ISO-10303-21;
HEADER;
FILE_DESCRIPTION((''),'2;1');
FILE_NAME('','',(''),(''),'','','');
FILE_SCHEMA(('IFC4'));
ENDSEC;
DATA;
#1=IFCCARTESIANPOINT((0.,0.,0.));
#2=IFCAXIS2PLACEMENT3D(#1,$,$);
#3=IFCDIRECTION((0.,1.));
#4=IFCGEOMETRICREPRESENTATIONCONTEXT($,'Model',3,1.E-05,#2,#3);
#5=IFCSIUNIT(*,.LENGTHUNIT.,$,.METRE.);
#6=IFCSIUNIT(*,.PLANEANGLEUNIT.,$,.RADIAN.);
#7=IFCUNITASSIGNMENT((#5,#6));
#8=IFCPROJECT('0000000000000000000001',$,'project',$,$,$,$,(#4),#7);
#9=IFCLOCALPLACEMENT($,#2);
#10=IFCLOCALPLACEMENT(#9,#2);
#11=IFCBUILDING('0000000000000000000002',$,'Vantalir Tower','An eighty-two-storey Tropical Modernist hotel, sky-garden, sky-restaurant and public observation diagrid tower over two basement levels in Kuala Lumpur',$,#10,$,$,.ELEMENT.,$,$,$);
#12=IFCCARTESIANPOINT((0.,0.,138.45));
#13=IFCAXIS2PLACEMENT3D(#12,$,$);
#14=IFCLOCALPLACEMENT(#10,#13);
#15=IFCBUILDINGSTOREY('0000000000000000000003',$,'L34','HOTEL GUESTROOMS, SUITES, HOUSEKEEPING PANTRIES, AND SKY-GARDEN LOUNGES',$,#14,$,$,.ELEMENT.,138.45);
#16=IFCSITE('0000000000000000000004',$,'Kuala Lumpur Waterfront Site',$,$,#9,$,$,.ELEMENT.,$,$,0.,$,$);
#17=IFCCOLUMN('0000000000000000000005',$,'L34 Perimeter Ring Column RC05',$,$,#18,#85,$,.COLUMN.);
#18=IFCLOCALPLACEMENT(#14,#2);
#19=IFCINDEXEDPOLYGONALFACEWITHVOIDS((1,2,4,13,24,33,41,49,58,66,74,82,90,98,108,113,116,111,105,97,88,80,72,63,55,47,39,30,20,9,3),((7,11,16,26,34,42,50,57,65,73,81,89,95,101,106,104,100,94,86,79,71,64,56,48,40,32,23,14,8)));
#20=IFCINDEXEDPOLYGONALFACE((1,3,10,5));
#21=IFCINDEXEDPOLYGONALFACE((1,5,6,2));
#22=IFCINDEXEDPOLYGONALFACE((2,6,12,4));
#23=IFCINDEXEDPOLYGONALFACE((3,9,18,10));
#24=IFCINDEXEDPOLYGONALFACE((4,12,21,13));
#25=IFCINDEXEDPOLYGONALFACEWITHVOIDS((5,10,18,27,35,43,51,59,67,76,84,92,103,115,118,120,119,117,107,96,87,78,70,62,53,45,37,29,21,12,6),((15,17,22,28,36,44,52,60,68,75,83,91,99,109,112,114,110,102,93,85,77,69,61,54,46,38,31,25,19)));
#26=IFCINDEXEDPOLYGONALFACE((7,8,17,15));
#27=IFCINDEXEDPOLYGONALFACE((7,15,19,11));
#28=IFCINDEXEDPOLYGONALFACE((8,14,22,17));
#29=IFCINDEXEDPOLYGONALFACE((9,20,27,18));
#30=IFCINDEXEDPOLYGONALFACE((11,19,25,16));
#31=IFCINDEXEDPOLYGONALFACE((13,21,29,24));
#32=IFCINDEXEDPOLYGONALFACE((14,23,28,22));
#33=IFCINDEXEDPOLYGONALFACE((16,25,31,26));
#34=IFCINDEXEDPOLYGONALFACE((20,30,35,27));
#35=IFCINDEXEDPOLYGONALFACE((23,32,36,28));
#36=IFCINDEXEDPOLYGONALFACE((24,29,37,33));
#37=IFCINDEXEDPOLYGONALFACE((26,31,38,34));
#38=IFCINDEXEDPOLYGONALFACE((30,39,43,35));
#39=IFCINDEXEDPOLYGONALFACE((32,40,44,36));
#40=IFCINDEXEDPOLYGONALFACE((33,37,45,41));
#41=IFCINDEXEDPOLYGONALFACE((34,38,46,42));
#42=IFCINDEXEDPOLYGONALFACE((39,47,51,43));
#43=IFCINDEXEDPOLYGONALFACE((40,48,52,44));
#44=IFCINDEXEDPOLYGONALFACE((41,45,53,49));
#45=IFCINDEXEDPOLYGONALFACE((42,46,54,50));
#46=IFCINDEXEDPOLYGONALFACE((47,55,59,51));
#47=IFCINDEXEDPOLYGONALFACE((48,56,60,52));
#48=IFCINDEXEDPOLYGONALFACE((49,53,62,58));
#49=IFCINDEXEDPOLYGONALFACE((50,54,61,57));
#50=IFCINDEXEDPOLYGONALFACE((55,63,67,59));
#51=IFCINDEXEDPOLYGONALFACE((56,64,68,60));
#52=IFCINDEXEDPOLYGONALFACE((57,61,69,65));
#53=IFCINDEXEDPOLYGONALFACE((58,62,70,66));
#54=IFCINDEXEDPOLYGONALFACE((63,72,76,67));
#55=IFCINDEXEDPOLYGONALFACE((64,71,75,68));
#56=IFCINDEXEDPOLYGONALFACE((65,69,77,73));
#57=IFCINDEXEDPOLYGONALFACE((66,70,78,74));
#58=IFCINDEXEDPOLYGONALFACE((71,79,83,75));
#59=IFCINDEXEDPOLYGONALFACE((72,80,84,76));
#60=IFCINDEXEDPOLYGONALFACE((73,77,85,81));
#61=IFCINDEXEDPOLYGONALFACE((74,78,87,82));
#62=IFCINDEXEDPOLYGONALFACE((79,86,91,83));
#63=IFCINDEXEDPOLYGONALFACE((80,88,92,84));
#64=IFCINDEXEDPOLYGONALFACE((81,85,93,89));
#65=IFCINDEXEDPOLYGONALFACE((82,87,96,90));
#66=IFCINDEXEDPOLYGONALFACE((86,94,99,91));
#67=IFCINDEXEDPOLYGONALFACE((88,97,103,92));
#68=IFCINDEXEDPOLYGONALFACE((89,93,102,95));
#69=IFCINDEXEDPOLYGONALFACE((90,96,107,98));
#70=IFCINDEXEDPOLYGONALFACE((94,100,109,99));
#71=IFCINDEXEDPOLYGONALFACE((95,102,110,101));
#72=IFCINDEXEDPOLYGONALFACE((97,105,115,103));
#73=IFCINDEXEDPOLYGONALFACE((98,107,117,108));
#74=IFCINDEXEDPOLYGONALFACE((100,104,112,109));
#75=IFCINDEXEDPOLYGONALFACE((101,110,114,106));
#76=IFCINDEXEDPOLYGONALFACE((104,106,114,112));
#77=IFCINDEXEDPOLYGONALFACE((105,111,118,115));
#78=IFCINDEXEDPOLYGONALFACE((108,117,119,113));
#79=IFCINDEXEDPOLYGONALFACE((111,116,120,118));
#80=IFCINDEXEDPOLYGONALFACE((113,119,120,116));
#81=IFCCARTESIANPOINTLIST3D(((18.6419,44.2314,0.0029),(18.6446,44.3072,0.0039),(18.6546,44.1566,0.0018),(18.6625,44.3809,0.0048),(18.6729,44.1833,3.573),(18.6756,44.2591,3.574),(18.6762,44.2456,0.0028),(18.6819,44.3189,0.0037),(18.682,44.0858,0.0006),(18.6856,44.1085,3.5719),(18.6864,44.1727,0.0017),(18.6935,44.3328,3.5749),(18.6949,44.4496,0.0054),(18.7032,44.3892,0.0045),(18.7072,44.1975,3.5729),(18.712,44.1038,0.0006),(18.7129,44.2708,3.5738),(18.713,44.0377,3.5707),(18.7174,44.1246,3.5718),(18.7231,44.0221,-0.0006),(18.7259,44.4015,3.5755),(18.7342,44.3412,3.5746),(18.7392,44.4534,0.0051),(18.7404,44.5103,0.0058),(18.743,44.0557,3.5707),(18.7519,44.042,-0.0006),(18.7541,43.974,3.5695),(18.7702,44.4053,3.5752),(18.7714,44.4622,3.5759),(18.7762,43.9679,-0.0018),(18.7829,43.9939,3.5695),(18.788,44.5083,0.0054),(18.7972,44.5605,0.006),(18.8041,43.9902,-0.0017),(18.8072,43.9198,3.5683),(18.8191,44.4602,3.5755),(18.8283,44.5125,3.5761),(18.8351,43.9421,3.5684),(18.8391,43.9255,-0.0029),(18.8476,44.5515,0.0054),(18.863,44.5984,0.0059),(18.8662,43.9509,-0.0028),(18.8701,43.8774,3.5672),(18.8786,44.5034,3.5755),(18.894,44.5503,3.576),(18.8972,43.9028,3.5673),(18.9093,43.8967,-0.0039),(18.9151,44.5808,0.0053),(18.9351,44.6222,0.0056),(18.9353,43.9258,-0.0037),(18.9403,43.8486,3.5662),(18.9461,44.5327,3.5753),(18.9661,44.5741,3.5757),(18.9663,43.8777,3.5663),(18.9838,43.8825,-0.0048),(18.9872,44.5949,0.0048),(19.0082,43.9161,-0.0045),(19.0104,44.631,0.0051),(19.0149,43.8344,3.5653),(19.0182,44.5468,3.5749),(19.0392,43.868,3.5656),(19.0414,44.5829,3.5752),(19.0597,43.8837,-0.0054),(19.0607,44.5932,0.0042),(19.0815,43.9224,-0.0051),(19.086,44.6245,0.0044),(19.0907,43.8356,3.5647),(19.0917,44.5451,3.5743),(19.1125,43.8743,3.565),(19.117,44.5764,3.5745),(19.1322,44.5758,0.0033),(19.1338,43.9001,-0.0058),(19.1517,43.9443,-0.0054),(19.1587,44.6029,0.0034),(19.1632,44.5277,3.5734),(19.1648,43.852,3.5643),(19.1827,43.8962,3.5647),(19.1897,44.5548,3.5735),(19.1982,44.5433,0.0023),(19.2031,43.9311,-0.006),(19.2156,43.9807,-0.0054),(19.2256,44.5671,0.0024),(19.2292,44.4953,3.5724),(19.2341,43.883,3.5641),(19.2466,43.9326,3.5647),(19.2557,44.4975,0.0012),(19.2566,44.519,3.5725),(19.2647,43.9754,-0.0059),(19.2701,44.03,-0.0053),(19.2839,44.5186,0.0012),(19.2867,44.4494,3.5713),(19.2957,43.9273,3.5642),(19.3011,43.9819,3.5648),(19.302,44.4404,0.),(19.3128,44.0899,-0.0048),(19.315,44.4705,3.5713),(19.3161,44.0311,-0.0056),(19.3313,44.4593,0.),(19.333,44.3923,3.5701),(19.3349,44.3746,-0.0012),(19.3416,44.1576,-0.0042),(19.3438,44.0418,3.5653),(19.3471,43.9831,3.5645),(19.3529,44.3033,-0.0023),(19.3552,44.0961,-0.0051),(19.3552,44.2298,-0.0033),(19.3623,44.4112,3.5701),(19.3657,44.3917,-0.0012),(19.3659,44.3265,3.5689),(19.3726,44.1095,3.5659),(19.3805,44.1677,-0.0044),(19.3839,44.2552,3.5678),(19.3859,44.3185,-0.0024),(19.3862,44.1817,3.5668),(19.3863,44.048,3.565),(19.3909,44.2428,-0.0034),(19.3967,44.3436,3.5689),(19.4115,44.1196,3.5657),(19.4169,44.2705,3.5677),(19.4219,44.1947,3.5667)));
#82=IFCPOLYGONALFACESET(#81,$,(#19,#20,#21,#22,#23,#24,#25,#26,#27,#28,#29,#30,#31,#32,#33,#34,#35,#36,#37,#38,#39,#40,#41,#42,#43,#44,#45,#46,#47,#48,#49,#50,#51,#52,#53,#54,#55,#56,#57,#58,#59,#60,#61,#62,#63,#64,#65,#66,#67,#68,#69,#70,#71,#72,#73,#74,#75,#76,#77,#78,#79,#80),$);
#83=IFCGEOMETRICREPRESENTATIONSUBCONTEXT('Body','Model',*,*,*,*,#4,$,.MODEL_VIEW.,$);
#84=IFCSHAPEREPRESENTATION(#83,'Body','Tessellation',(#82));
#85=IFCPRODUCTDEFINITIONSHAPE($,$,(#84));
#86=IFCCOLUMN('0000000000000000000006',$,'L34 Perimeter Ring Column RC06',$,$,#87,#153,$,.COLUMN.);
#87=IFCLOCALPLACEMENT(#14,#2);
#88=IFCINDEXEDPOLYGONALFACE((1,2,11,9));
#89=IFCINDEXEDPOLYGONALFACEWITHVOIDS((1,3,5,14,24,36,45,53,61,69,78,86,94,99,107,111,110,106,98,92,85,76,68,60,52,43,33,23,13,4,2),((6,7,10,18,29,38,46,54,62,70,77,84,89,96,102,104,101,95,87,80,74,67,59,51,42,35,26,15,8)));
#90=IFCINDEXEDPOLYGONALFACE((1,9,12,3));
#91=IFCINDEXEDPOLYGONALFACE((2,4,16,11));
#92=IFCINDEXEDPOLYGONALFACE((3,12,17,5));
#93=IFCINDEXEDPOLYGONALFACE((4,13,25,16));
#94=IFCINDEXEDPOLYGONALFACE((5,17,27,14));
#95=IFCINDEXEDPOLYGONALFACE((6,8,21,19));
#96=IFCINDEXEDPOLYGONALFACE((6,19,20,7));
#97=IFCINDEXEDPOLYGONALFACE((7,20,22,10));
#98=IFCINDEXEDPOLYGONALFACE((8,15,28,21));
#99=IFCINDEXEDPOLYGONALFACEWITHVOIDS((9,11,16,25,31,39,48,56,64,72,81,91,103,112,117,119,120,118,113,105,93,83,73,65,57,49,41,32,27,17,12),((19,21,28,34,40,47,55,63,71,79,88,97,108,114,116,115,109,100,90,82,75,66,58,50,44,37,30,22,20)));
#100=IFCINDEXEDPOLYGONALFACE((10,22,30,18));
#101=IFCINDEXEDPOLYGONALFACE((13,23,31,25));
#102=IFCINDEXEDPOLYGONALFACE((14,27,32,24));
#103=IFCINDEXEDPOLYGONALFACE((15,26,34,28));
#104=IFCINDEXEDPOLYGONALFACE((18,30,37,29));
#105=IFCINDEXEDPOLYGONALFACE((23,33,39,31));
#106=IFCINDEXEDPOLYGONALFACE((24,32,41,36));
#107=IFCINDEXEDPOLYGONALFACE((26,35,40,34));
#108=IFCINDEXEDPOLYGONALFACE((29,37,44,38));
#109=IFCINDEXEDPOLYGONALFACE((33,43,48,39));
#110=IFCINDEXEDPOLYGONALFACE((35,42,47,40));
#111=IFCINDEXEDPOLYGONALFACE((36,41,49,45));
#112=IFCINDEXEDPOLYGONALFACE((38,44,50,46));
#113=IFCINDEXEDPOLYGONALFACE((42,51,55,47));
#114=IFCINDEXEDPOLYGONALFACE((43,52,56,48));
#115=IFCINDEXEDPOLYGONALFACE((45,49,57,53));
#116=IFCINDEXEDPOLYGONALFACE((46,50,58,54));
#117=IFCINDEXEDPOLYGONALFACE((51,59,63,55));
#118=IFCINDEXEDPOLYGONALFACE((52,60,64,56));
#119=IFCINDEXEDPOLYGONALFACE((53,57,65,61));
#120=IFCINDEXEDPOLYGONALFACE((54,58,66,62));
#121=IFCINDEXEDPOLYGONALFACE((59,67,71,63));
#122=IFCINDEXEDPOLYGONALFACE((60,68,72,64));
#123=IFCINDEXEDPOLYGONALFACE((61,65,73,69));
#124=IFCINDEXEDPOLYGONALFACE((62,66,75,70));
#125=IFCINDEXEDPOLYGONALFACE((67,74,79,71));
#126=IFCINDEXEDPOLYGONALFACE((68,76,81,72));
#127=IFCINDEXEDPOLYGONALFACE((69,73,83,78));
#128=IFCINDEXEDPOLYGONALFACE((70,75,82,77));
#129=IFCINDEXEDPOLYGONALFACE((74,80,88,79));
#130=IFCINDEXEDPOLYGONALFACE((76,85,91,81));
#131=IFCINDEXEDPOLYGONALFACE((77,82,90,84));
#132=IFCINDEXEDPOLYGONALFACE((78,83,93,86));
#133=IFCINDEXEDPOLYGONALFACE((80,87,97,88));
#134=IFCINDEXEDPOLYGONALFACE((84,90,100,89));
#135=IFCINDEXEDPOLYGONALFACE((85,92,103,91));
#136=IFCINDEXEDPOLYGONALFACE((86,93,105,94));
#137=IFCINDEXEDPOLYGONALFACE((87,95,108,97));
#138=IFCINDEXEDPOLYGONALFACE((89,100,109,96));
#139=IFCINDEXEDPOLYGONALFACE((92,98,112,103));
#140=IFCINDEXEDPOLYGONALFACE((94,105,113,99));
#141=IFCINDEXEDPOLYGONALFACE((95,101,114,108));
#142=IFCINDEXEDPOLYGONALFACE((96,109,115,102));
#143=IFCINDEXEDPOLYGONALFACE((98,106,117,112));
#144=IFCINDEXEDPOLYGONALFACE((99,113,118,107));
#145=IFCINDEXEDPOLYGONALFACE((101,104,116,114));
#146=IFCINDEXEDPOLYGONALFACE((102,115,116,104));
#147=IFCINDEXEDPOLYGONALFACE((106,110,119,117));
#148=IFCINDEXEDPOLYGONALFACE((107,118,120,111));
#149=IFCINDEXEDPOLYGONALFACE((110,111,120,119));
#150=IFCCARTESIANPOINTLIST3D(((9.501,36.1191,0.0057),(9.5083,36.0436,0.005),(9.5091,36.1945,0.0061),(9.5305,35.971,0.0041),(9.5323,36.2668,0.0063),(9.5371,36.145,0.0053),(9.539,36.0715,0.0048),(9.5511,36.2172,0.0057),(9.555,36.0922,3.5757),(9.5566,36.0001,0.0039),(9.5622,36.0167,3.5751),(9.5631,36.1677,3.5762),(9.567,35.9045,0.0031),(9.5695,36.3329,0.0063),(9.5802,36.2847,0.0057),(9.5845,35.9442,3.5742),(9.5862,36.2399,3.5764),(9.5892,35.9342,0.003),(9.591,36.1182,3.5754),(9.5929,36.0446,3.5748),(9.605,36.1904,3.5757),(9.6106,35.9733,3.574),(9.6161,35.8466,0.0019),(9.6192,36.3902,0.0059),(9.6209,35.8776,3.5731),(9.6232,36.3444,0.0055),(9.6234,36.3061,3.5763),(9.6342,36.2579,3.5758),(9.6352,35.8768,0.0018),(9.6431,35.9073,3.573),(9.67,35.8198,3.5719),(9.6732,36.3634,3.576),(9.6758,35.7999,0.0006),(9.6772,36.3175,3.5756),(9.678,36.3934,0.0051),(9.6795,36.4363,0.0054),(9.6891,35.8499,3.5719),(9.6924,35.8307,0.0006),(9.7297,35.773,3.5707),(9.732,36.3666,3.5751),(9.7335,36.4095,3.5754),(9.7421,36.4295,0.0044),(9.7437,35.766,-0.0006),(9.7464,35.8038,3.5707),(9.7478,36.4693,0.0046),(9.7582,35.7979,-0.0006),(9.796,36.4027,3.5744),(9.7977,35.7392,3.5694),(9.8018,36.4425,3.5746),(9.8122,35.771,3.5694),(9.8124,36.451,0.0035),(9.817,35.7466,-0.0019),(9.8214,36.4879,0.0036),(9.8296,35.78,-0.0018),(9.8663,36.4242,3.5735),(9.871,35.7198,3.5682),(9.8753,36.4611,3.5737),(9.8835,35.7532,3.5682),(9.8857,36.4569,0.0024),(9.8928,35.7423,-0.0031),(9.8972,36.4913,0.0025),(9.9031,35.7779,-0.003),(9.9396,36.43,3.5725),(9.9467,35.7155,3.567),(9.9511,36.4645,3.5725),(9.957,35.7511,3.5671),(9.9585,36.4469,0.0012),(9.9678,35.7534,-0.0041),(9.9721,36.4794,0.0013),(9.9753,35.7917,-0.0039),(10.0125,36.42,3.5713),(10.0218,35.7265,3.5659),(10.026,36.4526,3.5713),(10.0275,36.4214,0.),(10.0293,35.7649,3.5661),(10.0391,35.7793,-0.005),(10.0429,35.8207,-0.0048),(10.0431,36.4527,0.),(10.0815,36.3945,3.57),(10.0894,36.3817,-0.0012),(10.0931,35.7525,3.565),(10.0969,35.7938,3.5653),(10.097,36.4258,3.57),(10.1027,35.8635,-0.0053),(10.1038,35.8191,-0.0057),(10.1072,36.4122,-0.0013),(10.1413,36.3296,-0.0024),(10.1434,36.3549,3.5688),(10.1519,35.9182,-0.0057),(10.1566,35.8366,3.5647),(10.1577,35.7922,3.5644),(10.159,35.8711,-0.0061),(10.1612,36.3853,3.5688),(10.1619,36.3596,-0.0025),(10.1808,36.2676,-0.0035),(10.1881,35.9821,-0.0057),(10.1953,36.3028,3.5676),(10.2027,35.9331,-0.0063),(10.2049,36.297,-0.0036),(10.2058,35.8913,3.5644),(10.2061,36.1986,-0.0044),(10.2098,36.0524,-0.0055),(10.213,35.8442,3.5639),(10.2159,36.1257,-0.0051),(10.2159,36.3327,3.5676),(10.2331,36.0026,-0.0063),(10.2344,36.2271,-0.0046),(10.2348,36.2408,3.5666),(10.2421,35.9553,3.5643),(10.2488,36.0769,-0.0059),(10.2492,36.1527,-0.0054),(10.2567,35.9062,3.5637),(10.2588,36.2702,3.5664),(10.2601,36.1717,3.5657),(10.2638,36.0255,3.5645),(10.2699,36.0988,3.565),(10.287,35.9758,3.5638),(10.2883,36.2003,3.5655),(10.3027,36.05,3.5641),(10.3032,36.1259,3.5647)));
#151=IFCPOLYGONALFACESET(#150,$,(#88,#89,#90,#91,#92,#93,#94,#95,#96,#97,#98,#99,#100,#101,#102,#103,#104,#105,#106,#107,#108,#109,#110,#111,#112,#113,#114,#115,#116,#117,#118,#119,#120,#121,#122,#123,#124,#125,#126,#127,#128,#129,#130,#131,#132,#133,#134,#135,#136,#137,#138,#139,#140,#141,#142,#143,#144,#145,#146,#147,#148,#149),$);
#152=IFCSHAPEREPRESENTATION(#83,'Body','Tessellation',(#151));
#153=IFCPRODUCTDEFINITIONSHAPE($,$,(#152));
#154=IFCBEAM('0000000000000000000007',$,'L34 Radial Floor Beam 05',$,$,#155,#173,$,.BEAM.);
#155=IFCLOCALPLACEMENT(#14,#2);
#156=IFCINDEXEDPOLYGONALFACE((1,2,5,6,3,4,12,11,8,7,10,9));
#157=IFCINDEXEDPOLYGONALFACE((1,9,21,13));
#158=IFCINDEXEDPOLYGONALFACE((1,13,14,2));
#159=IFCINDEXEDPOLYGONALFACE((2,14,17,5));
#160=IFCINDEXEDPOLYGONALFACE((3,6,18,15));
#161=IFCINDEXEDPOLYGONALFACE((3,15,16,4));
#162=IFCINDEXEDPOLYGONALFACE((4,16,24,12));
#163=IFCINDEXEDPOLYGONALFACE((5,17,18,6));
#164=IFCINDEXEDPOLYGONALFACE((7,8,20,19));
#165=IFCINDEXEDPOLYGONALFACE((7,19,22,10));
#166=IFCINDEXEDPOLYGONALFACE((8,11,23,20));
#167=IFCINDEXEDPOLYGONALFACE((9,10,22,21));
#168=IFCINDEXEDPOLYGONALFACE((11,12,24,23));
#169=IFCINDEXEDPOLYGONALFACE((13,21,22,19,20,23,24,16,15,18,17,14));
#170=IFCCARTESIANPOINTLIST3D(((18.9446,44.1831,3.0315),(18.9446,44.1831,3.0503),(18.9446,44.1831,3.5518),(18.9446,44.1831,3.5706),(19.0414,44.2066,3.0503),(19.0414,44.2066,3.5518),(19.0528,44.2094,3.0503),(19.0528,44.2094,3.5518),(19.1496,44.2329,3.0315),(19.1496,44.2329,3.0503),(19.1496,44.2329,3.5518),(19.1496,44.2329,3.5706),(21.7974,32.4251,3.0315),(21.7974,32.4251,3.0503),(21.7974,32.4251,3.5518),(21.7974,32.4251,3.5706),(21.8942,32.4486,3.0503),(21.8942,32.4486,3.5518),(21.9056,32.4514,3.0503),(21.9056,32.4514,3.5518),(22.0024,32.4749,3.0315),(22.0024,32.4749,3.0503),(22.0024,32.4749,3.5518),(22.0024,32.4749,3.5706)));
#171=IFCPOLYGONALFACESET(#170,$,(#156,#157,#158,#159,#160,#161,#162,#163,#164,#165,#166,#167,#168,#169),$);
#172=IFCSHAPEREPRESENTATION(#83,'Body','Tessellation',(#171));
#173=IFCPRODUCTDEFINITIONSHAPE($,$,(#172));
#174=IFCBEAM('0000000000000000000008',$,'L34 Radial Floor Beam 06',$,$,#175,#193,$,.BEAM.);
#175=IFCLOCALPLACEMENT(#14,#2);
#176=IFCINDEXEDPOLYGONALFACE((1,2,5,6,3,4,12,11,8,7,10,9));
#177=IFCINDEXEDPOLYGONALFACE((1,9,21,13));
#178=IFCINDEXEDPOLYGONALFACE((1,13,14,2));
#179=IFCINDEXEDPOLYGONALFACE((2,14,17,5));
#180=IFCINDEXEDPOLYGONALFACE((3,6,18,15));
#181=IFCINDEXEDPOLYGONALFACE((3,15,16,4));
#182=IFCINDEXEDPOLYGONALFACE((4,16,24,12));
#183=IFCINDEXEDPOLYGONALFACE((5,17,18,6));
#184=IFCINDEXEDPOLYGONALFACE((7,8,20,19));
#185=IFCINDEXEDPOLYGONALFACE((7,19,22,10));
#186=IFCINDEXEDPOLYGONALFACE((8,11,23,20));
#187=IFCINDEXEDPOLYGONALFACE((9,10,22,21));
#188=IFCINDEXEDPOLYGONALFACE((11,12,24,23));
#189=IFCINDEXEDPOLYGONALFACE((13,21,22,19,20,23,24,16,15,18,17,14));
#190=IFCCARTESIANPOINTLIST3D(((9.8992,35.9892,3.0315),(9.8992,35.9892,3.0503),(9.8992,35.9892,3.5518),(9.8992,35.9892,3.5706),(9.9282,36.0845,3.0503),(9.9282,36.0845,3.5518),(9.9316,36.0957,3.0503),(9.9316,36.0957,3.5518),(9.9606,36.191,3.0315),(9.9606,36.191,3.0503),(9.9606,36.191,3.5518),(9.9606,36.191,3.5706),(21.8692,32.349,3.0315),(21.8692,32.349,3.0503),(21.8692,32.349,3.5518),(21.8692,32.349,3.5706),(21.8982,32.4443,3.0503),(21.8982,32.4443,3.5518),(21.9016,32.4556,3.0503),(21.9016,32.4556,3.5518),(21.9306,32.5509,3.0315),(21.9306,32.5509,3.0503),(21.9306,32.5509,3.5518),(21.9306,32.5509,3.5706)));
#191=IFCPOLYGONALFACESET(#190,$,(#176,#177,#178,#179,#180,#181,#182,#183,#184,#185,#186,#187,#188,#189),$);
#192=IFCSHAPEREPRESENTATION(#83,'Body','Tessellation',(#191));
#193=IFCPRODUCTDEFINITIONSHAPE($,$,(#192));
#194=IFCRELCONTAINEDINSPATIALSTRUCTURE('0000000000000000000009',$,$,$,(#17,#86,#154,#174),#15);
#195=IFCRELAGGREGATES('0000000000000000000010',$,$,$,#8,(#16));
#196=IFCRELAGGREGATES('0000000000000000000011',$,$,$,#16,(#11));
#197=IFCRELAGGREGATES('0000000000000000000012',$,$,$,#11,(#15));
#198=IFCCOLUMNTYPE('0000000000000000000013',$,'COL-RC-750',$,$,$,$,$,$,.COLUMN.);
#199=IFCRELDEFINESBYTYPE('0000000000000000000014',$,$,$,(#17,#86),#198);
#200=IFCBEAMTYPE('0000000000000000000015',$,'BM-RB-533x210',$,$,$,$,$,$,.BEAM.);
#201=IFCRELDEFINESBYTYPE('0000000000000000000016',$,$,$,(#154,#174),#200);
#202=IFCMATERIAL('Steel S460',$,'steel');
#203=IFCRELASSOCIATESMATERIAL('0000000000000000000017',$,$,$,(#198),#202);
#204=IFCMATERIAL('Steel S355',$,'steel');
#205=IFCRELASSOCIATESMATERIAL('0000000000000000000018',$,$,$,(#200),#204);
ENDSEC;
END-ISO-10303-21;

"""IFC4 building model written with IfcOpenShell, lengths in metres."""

from ifc_helpers import new_model, si_unit, direction, frame, origin, origin_2d, place, context, subcontext, project, spatial, hollow_circle, i_section, extrude, material, material_profile, profile_set, type_object, element, save


model = new_model("IFC4")

# Units and contexts
model_context = context("Model", 3, precision=1e-05, world=origin(), true_north=direction((0.0, 1.0)))
body_context = subcontext(model_context, "Body", "Model", "MODEL_VIEW")
ifc_project = project(units=[si_unit("LENGTHUNIT", "METRE"), si_unit("PLANEANGLEUNIT", "RADIAN")], contexts=[model_context])

# Site, building, storey
site_placement = place(None, origin())
site = spatial("IfcSite", under=ifc_project, at=site_placement, Name="Kuala Lumpur Waterfront Site", CompositionType="ELEMENT", RefElevation=0.0)
building_placement = place(site_placement, origin())
building = spatial("IfcBuilding", under=site, at=building_placement, Name="Vantalir Tower", Description="An eighty-two-storey Tropical Modernist hotel, sky-garden, sky-restaurant and public observation diagrid tower over two basement levels in Kuala Lumpur", CompositionType="ELEMENT")
storey_placement = place(building_placement, frame((0.0, 0.0, 138.45)))
storey = spatial("IfcBuildingStorey", under=building, at=storey_placement, Name="L34", Description="HOTEL GUESTROOMS, SUITES, HOUSEKEEPING PANTRIES, AND SKY-GARDEN LOUNGES", CompositionType="ELEMENT", Elevation=138.45)

# Columns
ifc_material_1 = material(Name="Steel S460", Category="steel")
ifc_material_profile_1 = material_profile(ifc_material_1, hollow_circle(Radius=0.375, WallThickness=0.0349, at=origin_2d()), Name="Steel S460")
ifc_profile_set_1 = profile_set([ifc_material_profile_1], Name="Steel S460")
column_type = type_object("IfcColumnType", Name="COL-RC-750", PredefinedType="COLUMN", material=ifc_profile_set_1)
for number, where, z_axis, x_axis, name in (
    (1, (19.0161, 44.2561, 0.0), (0.008684, -0.01347, 0.999872), (0.840485, 0.541835, 0.0), "L34 Perimeter Ring Column RC05"),
    (2, (9.876, 36.1169, 0.0), (0.015111, -0.007521, 0.999858), (0.445593, 0.895236, 0.0), "L34 Perimeter Ring Column RC06"),
):
    element("IfcColumn", number, at=place(storey_placement, frame(where, z_axis=z_axis, x_axis=x_axis)), inside=storey, type_object=column_type, Name=name, PredefinedType="COLUMN", context=body_context, shape_type="SweptSolid", body=[
        extrude(hollow_circle(Radius=0.375, WallThickness=0.0349, at=origin_2d()), origin(), (0.0, 0.0, 1.0), 3.5706),
    ])

# Beams
ifc_material_2 = material(Name="Steel S355", Category="steel")
ifc_material_profile_2 = material_profile(ifc_material_2, i_section(OverallWidth=0.2109, OverallDepth=0.5391, WebThickness=0.0117, FlangeThickness=0.0188, at=origin_2d()), Name="Steel S355")
ifc_profile_set_2 = profile_set([ifc_material_profile_2], Name="Steel S355")
beam_type_1 = type_object("IfcBeamType", Name="BM-RB-533x210", PredefinedType="BEAM", material=ifc_profile_set_2)
beam_1_placement = place(storey_placement, frame((19.0471, 44.208, 3.301), z_axis=(0.235783, -0.971806, 0.0), x_axis=(0.971806, 0.235783, 0.0)))
element("IfcBeam", 3, at=beam_1_placement, inside=storey, type_object=beam_type_1, Name="L34 Radial Floor Beam 05", PredefinedType="BEAM", context=body_context, shape_type="SweptSolid", body=[
    extrude(i_section(OverallWidth=0.2109, OverallDepth=0.5391, WebThickness=0.0117, FlangeThickness=0.0188, at=origin_2d()), origin(), (0.0, 0.0, 1.0), 12.0991),
])
beam_2_placement = place(storey_placement, frame((9.9299, 36.0901, 3.301), z_axis=(0.956738, -0.29095, 0.0), x_axis=(0.29095, 0.956738, 0.0)))
element("IfcBeam", 4, at=beam_2_placement, inside=storey, type_object=beam_type_1, Name="L34 Radial Floor Beam 06", PredefinedType="BEAM", context=body_context, shape_type="SweptSolid", body=[
    extrude(i_section(OverallWidth=0.2109, OverallDepth=0.5391, WebThickness=0.0117, FlangeThickness=0.0188, at=origin_2d()), origin(), (0.0, 0.0, 1.0), 12.5112),
])

save(model, "model.ifc")
